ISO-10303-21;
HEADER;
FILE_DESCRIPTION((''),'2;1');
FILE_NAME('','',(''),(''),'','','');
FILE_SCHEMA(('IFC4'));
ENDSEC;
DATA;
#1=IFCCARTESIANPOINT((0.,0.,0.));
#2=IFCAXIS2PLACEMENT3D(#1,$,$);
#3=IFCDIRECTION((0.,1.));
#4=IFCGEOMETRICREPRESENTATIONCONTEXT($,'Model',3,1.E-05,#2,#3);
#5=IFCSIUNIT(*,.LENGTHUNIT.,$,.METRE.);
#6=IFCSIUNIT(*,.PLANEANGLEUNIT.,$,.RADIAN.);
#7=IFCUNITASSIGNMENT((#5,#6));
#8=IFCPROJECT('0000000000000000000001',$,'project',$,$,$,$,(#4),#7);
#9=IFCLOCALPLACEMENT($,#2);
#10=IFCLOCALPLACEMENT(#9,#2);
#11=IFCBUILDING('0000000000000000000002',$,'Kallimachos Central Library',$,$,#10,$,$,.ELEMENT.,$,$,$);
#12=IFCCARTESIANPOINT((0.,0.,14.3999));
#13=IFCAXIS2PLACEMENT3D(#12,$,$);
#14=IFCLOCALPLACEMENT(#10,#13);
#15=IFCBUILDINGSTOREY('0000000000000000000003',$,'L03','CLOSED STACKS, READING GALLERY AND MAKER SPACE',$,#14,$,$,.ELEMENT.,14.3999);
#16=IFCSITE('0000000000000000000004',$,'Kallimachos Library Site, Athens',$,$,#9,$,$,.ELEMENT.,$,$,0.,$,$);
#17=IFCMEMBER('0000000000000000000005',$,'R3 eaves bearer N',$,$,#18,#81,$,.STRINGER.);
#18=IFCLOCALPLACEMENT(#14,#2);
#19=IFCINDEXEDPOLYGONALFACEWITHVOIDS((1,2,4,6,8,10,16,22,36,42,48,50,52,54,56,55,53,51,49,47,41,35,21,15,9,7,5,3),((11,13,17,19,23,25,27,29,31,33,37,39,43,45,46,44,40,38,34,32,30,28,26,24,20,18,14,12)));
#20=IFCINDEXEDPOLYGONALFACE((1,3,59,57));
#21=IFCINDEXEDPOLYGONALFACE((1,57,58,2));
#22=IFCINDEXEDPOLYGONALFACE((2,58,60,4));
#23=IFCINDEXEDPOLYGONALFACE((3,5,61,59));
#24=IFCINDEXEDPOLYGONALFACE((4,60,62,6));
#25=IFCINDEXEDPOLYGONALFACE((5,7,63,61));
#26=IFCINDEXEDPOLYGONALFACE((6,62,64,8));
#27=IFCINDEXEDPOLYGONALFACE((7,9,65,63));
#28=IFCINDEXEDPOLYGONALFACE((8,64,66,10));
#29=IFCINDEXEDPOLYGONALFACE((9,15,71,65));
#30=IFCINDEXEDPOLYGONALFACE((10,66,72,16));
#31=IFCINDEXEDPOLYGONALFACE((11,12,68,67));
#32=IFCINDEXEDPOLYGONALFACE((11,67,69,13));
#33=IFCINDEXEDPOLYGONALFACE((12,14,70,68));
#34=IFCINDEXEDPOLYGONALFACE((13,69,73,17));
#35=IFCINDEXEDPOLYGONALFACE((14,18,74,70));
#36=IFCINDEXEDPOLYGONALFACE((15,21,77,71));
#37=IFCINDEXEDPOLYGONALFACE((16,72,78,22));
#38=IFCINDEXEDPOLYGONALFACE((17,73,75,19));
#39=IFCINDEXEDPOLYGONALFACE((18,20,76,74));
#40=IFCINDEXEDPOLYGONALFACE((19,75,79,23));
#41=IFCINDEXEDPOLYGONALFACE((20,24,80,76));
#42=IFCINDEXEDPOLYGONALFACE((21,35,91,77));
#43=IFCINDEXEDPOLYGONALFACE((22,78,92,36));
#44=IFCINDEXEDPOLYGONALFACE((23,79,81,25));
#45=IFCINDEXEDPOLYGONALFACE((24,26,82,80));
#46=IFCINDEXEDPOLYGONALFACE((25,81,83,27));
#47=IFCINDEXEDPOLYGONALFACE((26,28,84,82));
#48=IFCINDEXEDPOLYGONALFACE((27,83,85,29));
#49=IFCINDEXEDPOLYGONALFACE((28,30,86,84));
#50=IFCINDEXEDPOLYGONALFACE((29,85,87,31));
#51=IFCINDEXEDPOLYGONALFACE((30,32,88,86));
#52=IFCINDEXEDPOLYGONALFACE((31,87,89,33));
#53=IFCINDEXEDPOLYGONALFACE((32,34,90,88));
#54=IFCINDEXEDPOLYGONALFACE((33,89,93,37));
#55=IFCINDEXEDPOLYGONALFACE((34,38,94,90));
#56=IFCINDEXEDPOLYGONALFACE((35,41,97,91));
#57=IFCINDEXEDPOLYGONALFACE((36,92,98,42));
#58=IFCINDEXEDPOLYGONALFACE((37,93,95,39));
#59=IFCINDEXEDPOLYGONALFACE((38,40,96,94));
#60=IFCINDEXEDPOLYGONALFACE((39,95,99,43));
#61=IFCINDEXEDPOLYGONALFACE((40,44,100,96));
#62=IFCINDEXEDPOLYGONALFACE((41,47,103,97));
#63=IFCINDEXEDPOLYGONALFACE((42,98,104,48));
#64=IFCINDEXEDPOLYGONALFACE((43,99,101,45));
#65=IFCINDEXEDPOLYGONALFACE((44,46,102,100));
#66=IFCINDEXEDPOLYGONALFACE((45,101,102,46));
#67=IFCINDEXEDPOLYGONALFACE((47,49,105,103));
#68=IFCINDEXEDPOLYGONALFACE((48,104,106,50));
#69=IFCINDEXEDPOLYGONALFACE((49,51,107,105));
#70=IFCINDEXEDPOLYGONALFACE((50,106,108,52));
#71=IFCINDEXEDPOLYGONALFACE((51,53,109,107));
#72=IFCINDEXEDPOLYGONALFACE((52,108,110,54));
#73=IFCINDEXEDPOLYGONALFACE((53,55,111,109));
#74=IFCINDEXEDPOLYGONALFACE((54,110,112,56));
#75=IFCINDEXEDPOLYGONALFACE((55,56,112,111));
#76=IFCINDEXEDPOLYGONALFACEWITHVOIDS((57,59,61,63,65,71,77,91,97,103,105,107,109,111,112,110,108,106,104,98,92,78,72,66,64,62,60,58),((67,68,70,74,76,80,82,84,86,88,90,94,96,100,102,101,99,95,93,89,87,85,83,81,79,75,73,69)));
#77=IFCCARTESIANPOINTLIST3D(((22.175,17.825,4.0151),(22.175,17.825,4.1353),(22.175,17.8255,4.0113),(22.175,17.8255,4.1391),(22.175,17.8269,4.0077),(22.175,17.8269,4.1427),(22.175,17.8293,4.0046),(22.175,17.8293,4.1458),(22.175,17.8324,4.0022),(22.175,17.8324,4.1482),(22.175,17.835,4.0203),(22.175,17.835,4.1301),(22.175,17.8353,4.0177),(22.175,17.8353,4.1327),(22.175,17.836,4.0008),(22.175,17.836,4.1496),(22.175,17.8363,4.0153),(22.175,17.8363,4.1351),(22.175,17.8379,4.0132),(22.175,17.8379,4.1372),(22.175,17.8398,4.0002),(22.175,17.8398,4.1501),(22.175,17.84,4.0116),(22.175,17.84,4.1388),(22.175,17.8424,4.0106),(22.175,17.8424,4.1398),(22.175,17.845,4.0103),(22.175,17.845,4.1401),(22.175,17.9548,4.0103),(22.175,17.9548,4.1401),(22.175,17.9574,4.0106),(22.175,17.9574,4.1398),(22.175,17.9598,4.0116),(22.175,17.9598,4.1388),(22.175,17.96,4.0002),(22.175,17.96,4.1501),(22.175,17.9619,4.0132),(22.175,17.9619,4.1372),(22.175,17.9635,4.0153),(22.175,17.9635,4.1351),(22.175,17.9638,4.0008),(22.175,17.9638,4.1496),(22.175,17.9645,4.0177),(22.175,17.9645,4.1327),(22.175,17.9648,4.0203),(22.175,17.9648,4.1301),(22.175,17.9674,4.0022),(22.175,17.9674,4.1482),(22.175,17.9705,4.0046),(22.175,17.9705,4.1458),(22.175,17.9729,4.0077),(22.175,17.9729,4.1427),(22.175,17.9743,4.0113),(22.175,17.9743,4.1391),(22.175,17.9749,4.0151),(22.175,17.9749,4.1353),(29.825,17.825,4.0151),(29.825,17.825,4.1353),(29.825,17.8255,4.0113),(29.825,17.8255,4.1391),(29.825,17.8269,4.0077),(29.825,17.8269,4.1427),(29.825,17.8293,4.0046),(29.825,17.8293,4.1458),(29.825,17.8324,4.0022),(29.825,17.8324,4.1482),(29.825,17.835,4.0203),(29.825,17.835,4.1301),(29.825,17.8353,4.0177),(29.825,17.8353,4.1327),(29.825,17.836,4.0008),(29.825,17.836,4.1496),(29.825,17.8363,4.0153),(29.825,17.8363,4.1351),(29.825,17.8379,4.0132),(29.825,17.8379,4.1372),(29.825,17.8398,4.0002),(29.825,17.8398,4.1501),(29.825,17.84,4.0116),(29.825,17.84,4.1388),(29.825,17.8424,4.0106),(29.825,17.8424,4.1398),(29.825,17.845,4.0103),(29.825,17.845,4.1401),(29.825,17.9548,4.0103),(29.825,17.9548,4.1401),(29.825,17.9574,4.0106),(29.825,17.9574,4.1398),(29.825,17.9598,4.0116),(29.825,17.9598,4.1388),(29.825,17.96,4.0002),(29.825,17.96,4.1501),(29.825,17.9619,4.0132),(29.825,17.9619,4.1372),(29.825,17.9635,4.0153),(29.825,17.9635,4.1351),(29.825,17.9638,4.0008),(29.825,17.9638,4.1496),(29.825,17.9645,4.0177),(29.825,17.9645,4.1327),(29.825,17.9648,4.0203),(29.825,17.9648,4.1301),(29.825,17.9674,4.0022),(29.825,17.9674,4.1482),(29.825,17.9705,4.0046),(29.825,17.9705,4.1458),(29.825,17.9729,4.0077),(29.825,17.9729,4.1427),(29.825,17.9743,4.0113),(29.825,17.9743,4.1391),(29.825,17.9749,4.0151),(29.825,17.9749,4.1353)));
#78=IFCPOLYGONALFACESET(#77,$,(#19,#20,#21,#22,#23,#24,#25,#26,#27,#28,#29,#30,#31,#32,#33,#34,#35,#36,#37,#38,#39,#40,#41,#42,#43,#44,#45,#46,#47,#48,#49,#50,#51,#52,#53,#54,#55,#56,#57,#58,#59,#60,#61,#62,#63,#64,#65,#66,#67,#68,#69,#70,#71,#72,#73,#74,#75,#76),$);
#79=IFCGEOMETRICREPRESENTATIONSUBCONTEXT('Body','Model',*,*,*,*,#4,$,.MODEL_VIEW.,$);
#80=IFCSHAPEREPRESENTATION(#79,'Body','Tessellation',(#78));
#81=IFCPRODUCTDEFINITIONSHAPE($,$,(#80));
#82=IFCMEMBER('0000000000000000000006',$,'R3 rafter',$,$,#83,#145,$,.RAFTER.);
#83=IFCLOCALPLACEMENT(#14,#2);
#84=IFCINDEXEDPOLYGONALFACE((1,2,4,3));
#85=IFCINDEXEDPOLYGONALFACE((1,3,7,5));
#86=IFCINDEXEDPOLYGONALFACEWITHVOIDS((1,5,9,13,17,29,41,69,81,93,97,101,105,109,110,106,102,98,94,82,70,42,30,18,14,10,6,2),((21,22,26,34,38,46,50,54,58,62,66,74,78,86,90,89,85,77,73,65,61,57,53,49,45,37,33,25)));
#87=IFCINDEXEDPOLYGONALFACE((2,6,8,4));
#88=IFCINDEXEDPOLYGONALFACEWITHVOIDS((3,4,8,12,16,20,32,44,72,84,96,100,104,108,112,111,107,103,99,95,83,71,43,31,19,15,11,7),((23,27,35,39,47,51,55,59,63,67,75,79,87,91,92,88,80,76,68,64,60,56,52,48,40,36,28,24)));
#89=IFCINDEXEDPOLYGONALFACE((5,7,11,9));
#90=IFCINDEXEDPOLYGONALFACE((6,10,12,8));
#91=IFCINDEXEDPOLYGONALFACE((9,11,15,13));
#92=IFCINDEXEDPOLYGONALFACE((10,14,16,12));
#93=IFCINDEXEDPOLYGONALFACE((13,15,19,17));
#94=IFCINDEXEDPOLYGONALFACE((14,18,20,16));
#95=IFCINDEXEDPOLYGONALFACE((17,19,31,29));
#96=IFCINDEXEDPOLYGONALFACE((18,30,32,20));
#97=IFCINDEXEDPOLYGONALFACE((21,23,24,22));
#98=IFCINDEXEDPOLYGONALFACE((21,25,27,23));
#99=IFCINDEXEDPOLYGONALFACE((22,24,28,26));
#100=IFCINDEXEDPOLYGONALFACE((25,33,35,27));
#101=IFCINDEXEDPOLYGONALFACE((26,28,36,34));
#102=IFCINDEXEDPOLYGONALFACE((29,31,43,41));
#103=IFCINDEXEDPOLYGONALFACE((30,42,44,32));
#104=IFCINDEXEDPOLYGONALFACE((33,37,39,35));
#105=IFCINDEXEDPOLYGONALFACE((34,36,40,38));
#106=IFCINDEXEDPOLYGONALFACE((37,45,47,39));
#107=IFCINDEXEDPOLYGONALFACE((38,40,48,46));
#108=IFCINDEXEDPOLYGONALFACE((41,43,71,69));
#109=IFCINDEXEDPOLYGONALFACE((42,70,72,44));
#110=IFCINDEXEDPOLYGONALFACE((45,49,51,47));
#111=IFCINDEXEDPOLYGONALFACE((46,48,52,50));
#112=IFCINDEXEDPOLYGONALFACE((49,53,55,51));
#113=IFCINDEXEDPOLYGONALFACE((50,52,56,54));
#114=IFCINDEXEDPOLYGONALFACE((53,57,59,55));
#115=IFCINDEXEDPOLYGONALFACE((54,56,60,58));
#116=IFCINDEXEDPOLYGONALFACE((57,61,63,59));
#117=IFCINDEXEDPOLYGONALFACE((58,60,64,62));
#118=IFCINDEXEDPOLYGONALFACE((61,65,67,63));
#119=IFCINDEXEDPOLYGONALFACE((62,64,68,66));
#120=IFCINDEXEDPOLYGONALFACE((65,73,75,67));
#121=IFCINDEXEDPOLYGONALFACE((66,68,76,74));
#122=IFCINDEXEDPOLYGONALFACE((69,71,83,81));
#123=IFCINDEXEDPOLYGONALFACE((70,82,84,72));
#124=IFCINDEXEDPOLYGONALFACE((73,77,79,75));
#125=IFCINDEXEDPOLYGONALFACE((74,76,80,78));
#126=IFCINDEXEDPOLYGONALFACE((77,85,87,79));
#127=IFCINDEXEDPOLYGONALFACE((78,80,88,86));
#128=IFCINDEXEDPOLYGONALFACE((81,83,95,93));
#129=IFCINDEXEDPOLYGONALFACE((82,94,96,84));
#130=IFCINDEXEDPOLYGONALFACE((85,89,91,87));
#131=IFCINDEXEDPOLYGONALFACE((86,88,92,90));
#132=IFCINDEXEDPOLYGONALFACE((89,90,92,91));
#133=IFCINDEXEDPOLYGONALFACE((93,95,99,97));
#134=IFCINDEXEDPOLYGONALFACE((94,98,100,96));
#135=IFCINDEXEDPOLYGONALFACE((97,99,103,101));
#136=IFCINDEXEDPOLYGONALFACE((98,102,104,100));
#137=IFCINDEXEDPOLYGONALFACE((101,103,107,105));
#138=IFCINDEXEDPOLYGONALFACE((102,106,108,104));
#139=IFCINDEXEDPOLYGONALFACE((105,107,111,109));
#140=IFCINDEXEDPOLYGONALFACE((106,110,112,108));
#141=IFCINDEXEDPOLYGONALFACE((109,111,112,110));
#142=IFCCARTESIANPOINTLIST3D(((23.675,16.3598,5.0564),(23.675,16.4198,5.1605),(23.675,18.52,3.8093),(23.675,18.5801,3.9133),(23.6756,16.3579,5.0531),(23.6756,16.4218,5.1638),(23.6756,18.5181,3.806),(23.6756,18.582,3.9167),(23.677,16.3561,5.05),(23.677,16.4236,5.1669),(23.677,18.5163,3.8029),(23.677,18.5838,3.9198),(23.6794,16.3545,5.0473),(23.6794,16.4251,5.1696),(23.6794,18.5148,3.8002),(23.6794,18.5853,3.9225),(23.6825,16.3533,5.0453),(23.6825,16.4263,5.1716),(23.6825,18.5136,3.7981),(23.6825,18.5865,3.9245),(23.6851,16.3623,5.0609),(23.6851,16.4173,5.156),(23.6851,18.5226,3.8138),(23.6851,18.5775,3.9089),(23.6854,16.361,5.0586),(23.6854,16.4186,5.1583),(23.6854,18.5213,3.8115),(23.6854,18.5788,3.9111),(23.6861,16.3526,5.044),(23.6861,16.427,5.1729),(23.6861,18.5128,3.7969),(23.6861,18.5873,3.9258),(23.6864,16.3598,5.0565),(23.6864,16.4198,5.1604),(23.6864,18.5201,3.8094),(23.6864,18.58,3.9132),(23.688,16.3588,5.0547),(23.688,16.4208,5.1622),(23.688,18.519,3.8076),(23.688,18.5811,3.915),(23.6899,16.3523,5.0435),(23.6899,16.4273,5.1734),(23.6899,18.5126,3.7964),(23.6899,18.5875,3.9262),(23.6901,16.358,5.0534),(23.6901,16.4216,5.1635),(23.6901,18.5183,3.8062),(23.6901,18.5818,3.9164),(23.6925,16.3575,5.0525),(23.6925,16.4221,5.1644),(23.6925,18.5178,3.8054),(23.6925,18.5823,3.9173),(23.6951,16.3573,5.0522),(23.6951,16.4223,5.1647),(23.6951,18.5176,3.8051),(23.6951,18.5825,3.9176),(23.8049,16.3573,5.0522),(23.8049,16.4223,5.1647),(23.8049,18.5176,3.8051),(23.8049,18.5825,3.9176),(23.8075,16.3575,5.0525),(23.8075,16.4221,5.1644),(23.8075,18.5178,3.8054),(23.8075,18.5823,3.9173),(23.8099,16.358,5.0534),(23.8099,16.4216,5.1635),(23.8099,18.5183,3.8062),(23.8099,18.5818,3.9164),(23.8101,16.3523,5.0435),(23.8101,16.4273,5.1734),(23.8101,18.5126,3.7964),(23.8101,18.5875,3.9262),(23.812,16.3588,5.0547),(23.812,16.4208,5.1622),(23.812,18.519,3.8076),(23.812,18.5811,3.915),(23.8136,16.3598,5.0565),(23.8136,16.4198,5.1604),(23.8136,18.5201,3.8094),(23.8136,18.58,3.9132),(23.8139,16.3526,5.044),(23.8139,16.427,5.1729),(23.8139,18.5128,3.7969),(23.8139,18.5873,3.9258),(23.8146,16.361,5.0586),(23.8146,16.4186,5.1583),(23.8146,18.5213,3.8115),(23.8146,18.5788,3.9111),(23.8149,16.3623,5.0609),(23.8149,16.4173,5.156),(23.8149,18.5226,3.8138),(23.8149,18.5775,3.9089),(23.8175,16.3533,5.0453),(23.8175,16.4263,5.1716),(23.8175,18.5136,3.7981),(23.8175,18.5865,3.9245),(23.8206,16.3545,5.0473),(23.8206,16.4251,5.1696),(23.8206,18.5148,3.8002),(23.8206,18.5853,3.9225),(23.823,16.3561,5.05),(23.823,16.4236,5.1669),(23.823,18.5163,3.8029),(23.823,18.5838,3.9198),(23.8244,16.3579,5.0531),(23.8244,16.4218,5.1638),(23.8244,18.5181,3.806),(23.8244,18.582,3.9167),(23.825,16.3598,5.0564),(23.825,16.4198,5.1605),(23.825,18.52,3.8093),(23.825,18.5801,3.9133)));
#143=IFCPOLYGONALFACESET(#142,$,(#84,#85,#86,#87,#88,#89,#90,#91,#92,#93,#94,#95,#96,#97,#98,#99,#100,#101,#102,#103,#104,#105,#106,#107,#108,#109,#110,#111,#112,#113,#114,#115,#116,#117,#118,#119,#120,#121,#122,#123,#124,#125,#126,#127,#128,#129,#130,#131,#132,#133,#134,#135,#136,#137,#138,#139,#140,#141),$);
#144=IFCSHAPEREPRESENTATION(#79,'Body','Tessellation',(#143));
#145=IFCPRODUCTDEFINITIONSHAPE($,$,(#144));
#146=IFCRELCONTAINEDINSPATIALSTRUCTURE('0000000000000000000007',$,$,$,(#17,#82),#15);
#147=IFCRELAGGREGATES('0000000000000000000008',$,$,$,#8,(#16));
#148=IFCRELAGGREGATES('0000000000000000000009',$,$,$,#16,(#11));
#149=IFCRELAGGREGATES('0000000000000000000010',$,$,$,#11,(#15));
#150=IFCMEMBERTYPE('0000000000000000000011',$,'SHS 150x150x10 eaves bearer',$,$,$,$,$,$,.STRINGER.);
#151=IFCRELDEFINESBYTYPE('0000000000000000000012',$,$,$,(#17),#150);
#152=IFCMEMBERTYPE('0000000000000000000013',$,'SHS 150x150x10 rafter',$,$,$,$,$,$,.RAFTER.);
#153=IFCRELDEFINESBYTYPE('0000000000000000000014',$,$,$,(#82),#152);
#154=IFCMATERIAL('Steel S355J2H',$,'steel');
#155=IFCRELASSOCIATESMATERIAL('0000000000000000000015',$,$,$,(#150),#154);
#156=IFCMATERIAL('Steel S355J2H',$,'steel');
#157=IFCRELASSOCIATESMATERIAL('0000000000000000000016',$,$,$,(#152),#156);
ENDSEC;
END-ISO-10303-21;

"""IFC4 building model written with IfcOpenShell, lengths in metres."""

from ifc_helpers import new_model, si_unit, direction, frame, origin, origin_2d, place, context, subcontext, project, spatial, hollow_rectangle, extrude, material, material_profile, profile_set, type_object, element, save


model = new_model("IFC4")

# Units and contexts
model_context = context("Model", 3, precision=1e-05, world=origin(), true_north=direction((0.0, 1.0)))
body_context = subcontext(model_context, "Body", "Model", "MODEL_VIEW")
ifc_project = project(units=[si_unit("LENGTHUNIT", "METRE"), si_unit("PLANEANGLEUNIT", "RADIAN")], contexts=[model_context])

# Site, building, storey
site_placement = place(None, origin())
site = spatial("IfcSite", under=ifc_project, at=site_placement, Name="Kallimachos Library Site, Athens", CompositionType="ELEMENT", RefElevation=0.0)
building_placement = place(site_placement, origin())
building = spatial("IfcBuilding", under=site, at=building_placement, Name="Kallimachos Central Library", CompositionType="ELEMENT")
storey_placement = place(building_placement, frame((0.0, 0.0, 14.3999)))
storey = spatial("IfcBuildingStorey", under=building, at=storey_placement, Name="L03", Description="CLOSED STACKS, READING GALLERY AND MAKER SPACE", CompositionType="ELEMENT", Elevation=14.3999)

# Members
ifc_material_1 = material(Name="Steel S355J2H", Category="steel")
ifc_material_profile_1 = material_profile(ifc_material_1, hollow_rectangle(XDim=0.1499, YDim=0.1499, WallThickness=0.01, InnerFilletRadius=0.01, OuterFilletRadius=0.0149, at=origin_2d()), Name="SHS 150x150x10")
ifc_profile_set_1 = profile_set([ifc_material_profile_1], Name="Steel S355J2H")
member_type_1 = type_object("IfcMemberType", Name="SHS 150x150x10 eaves bearer", PredefinedType="STRINGER", material=ifc_profile_set_1)
member_1_placement = place(storey_placement, frame((22.175, 17.8999, 4.0752), z_axis=(1.0, 0.0, 0.0), x_axis=(0.0, 1.0, 0.0)))
element("IfcMember", 1, at=member_1_placement, inside=storey, type_object=member_type_1, Name="R3 eaves bearer N", PredefinedType="STRINGER", context=body_context, shape_type="SweptSolid", body=[
    extrude(hollow_rectangle(XDim=0.1499, YDim=0.1499, WallThickness=0.01, InnerFilletRadius=0.01, OuterFilletRadius=0.0149, at=origin_2d()), origin(), (0.0, 0.0, 1.0), 7.6499),
])
ifc_material_2 = material(Name="Steel S355J2H", Category="steel")
ifc_material_profile_2 = material_profile(ifc_material_2, hollow_rectangle(XDim=0.1499, YDim=0.1499, WallThickness=0.01, InnerFilletRadius=0.01, OuterFilletRadius=0.0149, at=origin_2d()), Name="SHS 150x150x10")
ifc_profile_set_2 = profile_set([ifc_material_profile_2], Name="Steel S355J2H")
member_type_2 = type_object("IfcMemberType", Name="SHS 150x150x10 rafter", PredefinedType="RAFTER", material=ifc_profile_set_2)
member_2_placement = place(storey_placement, frame((23.75, 18.55, 3.8613), z_axis=(0.0, -0.866042, 0.499971), x_axis=(1.0, 0.0, 0.0)))
element("IfcMember", 2, at=member_2_placement, inside=storey, type_object=member_type_2, Name="R3 rafter", PredefinedType="RAFTER", context=body_context, shape_type="SweptSolid", body=[
    extrude(hollow_rectangle(XDim=0.1499, YDim=0.1499, WallThickness=0.01, InnerFilletRadius=0.01, OuterFilletRadius=0.0149, at=origin_2d()), origin(), (0.0, 0.0, 1.0), 2.4944),
])

save(model, "model.ifc")
